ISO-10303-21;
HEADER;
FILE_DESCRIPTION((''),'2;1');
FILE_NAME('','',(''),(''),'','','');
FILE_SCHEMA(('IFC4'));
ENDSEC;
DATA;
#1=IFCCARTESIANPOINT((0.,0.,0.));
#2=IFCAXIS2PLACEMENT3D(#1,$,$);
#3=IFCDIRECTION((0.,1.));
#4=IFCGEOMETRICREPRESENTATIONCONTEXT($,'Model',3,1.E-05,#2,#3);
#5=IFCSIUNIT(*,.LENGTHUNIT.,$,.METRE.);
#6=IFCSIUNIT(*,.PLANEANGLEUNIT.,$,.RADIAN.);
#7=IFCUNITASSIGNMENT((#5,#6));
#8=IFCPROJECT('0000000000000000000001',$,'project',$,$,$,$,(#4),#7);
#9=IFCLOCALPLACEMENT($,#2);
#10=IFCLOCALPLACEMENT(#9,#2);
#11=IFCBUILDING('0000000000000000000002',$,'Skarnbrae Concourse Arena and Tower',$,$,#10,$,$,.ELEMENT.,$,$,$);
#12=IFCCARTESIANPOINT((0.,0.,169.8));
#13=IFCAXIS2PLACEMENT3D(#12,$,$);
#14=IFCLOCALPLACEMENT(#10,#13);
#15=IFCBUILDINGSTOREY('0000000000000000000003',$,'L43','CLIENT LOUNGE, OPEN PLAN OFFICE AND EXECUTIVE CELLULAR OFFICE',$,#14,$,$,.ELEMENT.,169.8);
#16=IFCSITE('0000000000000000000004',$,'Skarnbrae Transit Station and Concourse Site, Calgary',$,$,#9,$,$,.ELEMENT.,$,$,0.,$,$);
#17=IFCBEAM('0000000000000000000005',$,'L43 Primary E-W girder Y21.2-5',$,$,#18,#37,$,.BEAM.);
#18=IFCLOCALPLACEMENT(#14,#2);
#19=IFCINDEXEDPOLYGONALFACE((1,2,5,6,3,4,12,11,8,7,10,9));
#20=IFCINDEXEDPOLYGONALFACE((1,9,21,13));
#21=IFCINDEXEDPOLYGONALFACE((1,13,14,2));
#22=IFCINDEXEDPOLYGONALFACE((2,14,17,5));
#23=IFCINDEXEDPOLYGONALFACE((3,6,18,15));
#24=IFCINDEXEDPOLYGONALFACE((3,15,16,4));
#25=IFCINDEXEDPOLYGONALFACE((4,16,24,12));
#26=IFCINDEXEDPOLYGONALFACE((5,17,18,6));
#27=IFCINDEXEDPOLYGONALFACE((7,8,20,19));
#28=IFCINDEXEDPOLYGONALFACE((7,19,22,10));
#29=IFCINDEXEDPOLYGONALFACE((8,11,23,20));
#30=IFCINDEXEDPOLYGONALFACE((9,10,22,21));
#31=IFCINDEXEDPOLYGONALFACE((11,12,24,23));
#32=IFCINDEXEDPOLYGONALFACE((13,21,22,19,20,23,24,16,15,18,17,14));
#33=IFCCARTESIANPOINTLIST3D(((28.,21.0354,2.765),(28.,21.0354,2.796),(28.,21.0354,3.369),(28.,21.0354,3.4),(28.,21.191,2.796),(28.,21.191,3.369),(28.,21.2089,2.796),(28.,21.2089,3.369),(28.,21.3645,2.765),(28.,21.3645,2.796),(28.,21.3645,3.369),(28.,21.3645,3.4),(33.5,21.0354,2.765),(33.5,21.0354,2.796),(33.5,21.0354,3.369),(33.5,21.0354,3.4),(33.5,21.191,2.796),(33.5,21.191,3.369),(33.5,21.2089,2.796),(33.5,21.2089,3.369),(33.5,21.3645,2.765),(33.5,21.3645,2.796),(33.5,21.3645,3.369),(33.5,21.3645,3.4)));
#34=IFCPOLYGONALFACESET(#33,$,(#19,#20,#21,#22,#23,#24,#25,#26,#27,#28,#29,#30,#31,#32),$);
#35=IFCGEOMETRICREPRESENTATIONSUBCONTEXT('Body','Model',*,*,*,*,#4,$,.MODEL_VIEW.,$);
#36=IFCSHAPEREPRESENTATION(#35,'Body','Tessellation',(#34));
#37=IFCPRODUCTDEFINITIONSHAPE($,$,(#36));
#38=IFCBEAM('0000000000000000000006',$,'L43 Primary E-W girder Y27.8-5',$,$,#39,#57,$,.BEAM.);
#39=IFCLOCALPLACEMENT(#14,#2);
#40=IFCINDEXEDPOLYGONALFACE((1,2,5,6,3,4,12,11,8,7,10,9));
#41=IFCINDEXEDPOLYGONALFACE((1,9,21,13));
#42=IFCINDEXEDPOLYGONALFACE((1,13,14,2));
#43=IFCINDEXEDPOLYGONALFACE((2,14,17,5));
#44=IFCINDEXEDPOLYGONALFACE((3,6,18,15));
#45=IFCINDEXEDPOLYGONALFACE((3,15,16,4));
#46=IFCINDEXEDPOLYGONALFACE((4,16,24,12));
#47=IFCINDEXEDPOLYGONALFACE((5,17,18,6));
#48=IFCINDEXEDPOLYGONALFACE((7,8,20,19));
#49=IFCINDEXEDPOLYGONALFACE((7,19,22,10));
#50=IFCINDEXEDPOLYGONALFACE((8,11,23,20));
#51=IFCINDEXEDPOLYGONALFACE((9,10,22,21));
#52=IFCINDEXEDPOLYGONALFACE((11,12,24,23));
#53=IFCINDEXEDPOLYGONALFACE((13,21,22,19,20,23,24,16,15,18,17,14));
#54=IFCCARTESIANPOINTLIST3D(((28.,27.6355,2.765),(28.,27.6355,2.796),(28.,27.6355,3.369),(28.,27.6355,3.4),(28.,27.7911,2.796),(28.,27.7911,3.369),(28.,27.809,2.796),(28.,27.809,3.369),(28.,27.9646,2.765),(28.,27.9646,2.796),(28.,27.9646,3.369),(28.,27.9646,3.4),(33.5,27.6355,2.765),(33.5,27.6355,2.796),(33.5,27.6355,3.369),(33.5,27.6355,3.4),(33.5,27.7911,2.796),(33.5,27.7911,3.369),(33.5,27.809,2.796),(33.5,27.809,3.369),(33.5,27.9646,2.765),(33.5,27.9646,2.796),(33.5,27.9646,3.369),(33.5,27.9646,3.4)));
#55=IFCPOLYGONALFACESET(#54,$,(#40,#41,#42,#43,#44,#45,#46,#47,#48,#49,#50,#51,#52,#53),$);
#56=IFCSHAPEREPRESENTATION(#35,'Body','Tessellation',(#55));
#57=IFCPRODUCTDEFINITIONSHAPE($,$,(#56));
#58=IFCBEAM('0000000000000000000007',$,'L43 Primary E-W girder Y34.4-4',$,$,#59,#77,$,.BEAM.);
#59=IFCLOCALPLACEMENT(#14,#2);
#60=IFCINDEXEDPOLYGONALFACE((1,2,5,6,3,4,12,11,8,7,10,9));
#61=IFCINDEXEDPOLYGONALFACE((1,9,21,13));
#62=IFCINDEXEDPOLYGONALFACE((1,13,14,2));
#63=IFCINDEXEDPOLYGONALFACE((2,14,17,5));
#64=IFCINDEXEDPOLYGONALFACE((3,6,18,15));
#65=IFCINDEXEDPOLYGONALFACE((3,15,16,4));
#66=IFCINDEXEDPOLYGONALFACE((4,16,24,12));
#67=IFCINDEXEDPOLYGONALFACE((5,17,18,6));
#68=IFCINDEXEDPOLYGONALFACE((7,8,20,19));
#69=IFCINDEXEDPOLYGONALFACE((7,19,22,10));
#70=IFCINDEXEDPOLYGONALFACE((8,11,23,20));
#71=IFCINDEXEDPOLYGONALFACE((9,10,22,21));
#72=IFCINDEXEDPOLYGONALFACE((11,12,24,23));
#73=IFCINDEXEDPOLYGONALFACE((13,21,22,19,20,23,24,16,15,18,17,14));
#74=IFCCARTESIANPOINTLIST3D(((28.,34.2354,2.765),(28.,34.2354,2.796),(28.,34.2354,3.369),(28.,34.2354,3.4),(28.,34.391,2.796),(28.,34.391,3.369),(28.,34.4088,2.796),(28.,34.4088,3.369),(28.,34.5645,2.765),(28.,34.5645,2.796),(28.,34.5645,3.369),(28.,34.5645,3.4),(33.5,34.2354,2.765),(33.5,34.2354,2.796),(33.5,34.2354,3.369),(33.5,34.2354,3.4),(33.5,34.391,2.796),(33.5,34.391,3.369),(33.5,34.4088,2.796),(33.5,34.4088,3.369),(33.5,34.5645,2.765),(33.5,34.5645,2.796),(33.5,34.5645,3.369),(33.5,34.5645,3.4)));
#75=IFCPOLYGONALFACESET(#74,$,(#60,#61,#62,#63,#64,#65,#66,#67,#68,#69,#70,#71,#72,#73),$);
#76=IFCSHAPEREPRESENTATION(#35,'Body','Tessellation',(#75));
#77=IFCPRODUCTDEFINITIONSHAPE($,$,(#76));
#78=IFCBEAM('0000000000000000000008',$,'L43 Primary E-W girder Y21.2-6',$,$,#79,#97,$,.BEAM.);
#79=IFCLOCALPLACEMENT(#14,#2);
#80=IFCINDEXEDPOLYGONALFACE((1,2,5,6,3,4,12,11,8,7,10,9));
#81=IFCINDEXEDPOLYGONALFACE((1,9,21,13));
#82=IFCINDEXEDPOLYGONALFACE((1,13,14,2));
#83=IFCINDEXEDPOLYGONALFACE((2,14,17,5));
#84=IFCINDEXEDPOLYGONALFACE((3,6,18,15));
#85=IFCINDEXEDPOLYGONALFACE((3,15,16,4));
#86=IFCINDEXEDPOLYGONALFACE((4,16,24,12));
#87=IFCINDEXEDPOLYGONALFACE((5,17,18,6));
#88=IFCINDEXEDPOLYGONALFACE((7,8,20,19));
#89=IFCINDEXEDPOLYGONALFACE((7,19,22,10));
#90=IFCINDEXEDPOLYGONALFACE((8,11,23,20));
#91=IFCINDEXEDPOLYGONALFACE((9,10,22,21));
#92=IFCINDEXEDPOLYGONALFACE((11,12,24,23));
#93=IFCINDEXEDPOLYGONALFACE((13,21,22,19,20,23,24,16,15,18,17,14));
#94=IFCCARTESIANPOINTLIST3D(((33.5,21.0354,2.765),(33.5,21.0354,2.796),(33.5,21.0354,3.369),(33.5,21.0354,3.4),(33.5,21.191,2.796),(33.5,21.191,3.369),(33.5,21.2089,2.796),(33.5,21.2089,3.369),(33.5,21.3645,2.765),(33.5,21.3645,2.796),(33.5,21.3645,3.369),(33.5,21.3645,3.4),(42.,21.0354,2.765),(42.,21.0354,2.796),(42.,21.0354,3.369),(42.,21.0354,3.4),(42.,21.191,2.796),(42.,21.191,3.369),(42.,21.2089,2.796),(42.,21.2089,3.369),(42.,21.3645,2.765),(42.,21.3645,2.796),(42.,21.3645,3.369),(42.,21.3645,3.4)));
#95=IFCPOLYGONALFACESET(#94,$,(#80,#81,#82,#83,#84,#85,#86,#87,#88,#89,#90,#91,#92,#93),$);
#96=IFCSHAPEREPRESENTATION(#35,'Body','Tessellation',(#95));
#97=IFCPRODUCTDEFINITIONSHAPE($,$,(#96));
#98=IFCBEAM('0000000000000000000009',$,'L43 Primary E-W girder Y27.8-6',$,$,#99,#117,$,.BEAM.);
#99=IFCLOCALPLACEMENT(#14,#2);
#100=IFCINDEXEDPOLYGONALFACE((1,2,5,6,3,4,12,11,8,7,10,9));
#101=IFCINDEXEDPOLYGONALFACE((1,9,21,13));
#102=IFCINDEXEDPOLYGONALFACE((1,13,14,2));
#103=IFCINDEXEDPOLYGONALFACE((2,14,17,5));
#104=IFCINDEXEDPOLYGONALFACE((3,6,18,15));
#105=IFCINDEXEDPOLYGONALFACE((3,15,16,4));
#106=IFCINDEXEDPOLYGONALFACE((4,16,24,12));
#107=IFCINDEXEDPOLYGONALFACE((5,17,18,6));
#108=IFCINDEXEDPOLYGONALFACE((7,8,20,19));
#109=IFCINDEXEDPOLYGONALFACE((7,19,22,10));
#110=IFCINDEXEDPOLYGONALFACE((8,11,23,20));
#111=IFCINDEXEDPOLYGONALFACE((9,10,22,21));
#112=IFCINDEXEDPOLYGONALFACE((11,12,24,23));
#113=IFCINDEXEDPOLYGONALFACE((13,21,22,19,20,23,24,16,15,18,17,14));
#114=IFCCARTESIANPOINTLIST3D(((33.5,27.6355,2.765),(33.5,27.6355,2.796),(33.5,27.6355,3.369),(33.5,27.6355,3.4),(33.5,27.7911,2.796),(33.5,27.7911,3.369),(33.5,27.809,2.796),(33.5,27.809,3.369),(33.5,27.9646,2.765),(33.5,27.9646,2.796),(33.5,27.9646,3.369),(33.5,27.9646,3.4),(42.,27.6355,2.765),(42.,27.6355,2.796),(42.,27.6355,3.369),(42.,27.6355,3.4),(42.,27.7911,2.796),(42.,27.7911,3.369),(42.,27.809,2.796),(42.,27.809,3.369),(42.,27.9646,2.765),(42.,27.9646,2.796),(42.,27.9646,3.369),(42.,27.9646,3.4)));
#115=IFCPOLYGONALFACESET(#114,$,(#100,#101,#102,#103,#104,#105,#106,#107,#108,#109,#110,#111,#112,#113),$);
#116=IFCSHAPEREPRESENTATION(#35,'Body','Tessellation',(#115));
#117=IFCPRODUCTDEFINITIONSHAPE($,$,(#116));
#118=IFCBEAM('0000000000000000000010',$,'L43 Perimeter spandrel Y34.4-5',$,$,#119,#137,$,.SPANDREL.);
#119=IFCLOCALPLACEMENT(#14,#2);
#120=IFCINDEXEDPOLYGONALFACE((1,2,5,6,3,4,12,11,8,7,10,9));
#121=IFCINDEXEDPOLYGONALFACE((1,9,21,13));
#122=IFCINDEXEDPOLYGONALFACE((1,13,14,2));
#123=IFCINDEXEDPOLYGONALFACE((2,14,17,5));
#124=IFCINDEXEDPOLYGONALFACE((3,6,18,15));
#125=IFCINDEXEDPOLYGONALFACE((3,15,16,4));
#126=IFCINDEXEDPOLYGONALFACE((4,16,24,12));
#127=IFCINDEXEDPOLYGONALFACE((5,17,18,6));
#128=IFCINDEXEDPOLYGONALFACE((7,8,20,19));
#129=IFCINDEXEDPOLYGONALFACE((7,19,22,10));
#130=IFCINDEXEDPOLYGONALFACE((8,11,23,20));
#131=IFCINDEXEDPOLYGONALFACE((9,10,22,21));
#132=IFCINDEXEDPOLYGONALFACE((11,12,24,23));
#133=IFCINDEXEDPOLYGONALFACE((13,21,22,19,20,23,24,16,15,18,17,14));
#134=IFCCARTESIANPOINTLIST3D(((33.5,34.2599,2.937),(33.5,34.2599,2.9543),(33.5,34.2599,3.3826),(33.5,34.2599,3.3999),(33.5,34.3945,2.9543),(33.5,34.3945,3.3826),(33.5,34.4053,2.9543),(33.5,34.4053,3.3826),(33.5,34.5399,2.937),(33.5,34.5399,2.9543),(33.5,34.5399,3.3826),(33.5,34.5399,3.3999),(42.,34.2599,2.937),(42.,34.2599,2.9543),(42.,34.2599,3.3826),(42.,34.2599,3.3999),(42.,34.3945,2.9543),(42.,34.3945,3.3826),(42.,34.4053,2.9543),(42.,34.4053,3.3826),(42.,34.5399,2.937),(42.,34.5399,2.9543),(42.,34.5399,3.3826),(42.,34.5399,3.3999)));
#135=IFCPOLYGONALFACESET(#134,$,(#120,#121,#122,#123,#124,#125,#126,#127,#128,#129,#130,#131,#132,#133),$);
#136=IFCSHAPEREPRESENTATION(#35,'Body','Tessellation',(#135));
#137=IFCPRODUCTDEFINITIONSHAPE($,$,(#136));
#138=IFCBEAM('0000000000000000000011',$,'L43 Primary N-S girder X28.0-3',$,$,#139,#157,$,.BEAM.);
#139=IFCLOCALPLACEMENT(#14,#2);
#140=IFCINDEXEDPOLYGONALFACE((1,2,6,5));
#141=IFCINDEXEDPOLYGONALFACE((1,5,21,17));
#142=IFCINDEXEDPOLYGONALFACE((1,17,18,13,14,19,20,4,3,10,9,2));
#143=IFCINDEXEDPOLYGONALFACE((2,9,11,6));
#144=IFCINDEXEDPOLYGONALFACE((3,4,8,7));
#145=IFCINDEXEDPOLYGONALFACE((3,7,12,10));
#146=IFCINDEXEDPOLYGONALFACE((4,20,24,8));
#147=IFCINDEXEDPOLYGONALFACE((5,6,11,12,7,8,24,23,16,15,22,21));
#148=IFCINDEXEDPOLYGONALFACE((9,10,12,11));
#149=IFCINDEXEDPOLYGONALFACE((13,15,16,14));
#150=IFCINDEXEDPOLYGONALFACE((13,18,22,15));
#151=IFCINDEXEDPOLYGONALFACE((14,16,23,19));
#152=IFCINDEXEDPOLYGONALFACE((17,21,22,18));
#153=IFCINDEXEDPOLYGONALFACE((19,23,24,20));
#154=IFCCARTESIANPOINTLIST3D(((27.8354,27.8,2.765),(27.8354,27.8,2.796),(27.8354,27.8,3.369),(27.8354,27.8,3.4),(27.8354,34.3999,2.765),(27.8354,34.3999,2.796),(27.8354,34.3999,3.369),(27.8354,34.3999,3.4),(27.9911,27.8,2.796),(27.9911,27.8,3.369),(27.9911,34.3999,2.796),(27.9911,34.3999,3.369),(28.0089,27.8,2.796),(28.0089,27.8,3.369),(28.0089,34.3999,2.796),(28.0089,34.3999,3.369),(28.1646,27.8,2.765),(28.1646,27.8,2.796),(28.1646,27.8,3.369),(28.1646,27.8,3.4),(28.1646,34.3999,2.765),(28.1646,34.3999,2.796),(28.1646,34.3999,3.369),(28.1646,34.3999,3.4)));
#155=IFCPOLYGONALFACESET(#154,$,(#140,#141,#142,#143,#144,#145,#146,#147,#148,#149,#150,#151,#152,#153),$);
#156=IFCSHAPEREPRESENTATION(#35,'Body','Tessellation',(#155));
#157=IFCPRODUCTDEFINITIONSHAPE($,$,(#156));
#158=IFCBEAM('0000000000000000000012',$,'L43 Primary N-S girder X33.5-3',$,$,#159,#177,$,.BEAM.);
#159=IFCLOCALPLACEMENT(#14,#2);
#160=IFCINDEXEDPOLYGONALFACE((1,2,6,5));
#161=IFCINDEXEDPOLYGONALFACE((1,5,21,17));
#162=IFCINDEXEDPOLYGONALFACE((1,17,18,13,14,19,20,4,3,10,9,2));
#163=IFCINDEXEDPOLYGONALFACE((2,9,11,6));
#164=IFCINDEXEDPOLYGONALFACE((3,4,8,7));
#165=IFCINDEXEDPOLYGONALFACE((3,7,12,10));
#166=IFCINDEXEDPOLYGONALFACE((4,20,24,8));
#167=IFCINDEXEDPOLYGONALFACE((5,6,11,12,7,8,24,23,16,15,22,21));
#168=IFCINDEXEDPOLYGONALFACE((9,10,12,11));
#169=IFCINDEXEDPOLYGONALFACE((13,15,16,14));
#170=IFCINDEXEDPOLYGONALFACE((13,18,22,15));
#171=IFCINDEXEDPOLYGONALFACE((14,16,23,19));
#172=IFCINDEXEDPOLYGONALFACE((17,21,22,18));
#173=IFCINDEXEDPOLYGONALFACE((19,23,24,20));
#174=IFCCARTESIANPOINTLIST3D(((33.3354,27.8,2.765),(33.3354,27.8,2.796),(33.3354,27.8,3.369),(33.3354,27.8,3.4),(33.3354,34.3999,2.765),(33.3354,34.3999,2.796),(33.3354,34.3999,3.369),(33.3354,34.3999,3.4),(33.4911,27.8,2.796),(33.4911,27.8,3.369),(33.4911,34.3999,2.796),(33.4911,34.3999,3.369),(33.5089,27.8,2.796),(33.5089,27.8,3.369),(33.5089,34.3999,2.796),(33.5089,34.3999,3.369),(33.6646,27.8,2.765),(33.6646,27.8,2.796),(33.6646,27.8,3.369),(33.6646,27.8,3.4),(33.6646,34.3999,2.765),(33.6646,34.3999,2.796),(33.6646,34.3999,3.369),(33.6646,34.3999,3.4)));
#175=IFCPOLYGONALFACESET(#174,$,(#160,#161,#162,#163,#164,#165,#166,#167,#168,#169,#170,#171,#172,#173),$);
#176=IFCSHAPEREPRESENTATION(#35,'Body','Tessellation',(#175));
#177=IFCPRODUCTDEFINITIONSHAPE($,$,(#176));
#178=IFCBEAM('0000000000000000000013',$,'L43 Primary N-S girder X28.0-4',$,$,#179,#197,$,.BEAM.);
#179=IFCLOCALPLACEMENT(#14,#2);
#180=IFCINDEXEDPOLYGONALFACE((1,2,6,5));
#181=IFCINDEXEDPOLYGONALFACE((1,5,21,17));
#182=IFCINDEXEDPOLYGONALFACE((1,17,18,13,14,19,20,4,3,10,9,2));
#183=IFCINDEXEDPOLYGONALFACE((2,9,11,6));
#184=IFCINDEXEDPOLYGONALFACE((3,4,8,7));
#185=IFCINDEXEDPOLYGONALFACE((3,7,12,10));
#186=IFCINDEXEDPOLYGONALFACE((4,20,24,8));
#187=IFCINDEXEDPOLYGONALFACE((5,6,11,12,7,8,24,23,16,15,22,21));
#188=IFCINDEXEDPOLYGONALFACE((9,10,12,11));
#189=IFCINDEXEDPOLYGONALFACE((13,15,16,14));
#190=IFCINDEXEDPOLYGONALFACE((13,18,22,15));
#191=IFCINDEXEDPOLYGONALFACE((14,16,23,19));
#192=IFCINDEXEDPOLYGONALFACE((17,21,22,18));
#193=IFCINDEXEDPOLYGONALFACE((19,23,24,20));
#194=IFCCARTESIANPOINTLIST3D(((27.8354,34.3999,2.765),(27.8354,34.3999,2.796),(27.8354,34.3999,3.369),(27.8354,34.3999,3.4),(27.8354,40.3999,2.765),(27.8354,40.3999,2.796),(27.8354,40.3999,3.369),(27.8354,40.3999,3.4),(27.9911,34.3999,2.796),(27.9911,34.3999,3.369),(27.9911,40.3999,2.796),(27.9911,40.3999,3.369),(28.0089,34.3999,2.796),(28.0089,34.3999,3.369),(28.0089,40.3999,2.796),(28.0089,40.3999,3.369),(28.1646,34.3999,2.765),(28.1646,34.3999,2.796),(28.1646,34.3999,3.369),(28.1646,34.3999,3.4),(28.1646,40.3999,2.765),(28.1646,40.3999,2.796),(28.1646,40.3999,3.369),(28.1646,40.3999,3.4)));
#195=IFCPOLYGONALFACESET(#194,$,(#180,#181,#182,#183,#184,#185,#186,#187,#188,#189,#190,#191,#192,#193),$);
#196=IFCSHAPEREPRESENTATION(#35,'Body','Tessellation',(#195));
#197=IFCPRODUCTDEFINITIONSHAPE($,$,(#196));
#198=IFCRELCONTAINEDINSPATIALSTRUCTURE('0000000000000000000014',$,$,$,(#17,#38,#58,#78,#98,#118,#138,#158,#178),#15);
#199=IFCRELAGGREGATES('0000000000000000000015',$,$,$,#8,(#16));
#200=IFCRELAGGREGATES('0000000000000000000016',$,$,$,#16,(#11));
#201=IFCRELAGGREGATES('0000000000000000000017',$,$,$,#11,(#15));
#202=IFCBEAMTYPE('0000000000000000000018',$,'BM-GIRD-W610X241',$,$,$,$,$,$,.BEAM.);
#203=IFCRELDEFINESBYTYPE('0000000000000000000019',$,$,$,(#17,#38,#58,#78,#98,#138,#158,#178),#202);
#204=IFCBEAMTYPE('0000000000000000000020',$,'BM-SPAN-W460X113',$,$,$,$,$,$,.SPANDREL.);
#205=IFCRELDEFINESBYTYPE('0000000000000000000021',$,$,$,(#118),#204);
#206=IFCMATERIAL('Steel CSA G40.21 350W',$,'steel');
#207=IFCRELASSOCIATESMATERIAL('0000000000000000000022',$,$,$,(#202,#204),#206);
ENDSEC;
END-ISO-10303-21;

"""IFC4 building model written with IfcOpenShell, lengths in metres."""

from ifc_helpers import new_model, si_unit, direction, frame, origin, origin_2d, place, context, subcontext, project, spatial, i_section, extrude, source, transform, mapped, material, material_profile, profile_set, type_object, element, save


model = new_model("IFC4")

# Units and contexts
model_context = context("Model", 3, precision=1e-05, world=origin(), true_north=direction((0.0, 1.0)))
body_context = subcontext(model_context, "Body", "Model", "MODEL_VIEW")
ifc_project = project(units=[si_unit("LENGTHUNIT", "METRE"), si_unit("PLANEANGLEUNIT", "RADIAN")], contexts=[model_context])

# Site, building, storey
site_placement = place(None, origin())
site = spatial("IfcSite", under=ifc_project, at=site_placement, Name="Skarnbrae Transit Station and Concourse Site, Calgary", CompositionType="ELEMENT", RefElevation=0.0)
building_placement = place(site_placement, origin())
building = spatial("IfcBuilding", under=site, at=building_placement, Name="Skarnbrae Concourse Arena and Tower", CompositionType="ELEMENT")
storey_placement = place(building_placement, frame((0.0, 0.0, 169.8)))
storey = spatial("IfcBuildingStorey", under=building, at=storey_placement, Name="L43", Description="CLIENT LOUNGE, OPEN PLAN OFFICE AND EXECUTIVE CELLULAR OFFICE", CompositionType="ELEMENT", Elevation=169.8)

# Shared definitions
ifc_material_1 = material(Name="Steel CSA G40.21 350W", Category="steel")

# Beams
ifc_material_profile_1 = material_profile(ifc_material_1, i_section(OverallWidth=0.3291, OverallDepth=0.635, WebThickness=0.0178, FlangeThickness=0.031, at=origin_2d()), Name="W610X241")
ifc_profile_set_1 = profile_set([ifc_material_profile_1], Name="Steel CSA G40.21 350W")
beam_type_1 = type_object("IfcBeamType", Name="BM-GIRD-W610X241", PredefinedType="BEAM", material=ifc_profile_set_1)
shared_shape_1 = source(origin(), body_context, "Body", "SweptSolid", [
    extrude(i_section(OverallWidth=0.3291, OverallDepth=0.635, WebThickness=0.0178, FlangeThickness=0.031, at=origin_2d()), origin(), (0.0, 0.0, 1.0), 5.5),
])
for number, where, z_axis, x_axis, name in (
    (1, (28.0, 21.2, 3.0825), (1.0, 0.0, 0.0), (0.0, 1.0, 0.0), "L43 Primary E-W girder Y21.2-5"),
    (2, (28.0, 27.8, 3.0825), (1.0, 0.0, 0.0), (0.0, 1.0, 0.0), "L43 Primary E-W girder Y27.8-5"),
    (3, (28.0, 34.3999, 3.0825), (1.0, 0.0, 0.0), (0.0, 1.0, 0.0), "L43 Primary E-W girder Y34.4-4"),
):
    element("IfcBeam", number, at=place(storey_placement, frame(where, z_axis=z_axis, x_axis=x_axis)), inside=storey, type_object=beam_type_1, Name=name, PredefinedType="BEAM", context=body_context, shape_type="MappedRepresentation", body=[
        mapped(shared_shape_1, transform((0.0, 0.0, 0.0))),
    ])
shared_shape_2 = source(origin(), body_context, "Body", "SweptSolid", [
    extrude(i_section(OverallWidth=0.3291, OverallDepth=0.635, WebThickness=0.0178, FlangeThickness=0.031, at=origin_2d()), origin(), (0.0, 0.0, 1.0), 8.5),
])
for number, where, z_axis, x_axis, name in (
    (4, (33.5, 21.2, 3.0825), (1.0, 0.0, 0.0), (0.0, 1.0, 0.0), "L43 Primary E-W girder Y21.2-6"),
    (5, (33.5, 27.8, 3.0825), (1.0, 0.0, 0.0), (0.0, 1.0, 0.0), "L43 Primary E-W girder Y27.8-6"),
):
    element("IfcBeam", number, at=place(storey_placement, frame(where, z_axis=z_axis, x_axis=x_axis)), inside=storey, type_object=beam_type_1, Name=name, PredefinedType="BEAM", context=body_context, shape_type="MappedRepresentation", body=[
        mapped(shared_shape_2, transform((0.0, 0.0, 0.0))),
    ])
ifc_material_profile_2 = material_profile(ifc_material_1, i_section(OverallWidth=0.28, OverallDepth=0.4629, WebThickness=0.0107, FlangeThickness=0.0173, at=origin_2d()), Name="W460X113")
ifc_profile_set_2 = profile_set([ifc_material_profile_2], Name="Steel CSA G40.21 350W")
beam_type_2 = type_object("IfcBeamType", Name="BM-SPAN-W460X113", PredefinedType="SPANDREL", material=ifc_profile_set_2)
shared_shape_3 = source(origin(), body_context, "Body", "SweptSolid", [
    extrude(i_section(OverallWidth=0.28, OverallDepth=0.4629, WebThickness=0.0107, FlangeThickness=0.0173, at=origin_2d()), origin(), (0.0, 0.0, 1.0), 8.5),
])
beam_1_placement = place(storey_placement, frame((33.5, 34.3999, 3.1685), z_axis=(1.0, 0.0, 0.0), x_axis=(0.0, 1.0, 0.0)))
element("IfcBeam", 6, at=beam_1_placement, inside=storey, type_object=beam_type_2, Name="L43 Perimeter spandrel Y34.4-5", PredefinedType="SPANDREL", context=body_context, shape_type="MappedRepresentation", body=[
    mapped(shared_shape_3, transform((0.0, 0.0, 0.0))),
])
shared_shape_4 = source(origin(), body_context, "Body", "SweptSolid", [
    extrude(i_section(OverallWidth=0.3291, OverallDepth=0.635, WebThickness=0.0178, FlangeThickness=0.031, at=origin_2d()), origin(), (0.0, 0.0, 1.0), 6.5999),
])
for number, where, z_axis, x_axis, name in (
    (7, (28.0, 27.8, 3.0825), (0.0, 1.0, 0.0), (-1.0, 0.0, 0.0), "L43 Primary N-S girder X28.0-3"),
    (8, (33.5, 27.8, 3.0825), (0.0, 1.0, 0.0), (-1.0, 0.0, 0.0), "L43 Primary N-S girder X33.5-3"),
):
    element("IfcBeam", number, at=place(storey_placement, frame(where, z_axis=z_axis, x_axis=x_axis)), inside=storey, type_object=beam_type_1, Name=name, PredefinedType="BEAM", context=body_context, shape_type="MappedRepresentation", body=[
        mapped(shared_shape_4, transform((0.0, 0.0, 0.0))),
    ])
shared_shape_5 = source(origin(), body_context, "Body", "SweptSolid", [
    extrude(i_section(OverallWidth=0.3291, OverallDepth=0.635, WebThickness=0.0178, FlangeThickness=0.031, at=origin_2d()), origin(), (0.0, 0.0, 1.0), 6.0),
])
beam_2_placement = place(storey_placement, frame((28.0, 34.3999, 3.0825), z_axis=(0.0, 1.0, 0.0), x_axis=(-1.0, 0.0, 0.0)))
element("IfcBeam", 9, at=beam_2_placement, inside=storey, type_object=beam_type_1, Name="L43 Primary N-S girder X28.0-4", PredefinedType="BEAM", context=body_context, shape_type="MappedRepresentation", body=[
    mapped(shared_shape_5, transform((0.0, 0.0, 0.0))),
])

save(model, "model.ifc")
